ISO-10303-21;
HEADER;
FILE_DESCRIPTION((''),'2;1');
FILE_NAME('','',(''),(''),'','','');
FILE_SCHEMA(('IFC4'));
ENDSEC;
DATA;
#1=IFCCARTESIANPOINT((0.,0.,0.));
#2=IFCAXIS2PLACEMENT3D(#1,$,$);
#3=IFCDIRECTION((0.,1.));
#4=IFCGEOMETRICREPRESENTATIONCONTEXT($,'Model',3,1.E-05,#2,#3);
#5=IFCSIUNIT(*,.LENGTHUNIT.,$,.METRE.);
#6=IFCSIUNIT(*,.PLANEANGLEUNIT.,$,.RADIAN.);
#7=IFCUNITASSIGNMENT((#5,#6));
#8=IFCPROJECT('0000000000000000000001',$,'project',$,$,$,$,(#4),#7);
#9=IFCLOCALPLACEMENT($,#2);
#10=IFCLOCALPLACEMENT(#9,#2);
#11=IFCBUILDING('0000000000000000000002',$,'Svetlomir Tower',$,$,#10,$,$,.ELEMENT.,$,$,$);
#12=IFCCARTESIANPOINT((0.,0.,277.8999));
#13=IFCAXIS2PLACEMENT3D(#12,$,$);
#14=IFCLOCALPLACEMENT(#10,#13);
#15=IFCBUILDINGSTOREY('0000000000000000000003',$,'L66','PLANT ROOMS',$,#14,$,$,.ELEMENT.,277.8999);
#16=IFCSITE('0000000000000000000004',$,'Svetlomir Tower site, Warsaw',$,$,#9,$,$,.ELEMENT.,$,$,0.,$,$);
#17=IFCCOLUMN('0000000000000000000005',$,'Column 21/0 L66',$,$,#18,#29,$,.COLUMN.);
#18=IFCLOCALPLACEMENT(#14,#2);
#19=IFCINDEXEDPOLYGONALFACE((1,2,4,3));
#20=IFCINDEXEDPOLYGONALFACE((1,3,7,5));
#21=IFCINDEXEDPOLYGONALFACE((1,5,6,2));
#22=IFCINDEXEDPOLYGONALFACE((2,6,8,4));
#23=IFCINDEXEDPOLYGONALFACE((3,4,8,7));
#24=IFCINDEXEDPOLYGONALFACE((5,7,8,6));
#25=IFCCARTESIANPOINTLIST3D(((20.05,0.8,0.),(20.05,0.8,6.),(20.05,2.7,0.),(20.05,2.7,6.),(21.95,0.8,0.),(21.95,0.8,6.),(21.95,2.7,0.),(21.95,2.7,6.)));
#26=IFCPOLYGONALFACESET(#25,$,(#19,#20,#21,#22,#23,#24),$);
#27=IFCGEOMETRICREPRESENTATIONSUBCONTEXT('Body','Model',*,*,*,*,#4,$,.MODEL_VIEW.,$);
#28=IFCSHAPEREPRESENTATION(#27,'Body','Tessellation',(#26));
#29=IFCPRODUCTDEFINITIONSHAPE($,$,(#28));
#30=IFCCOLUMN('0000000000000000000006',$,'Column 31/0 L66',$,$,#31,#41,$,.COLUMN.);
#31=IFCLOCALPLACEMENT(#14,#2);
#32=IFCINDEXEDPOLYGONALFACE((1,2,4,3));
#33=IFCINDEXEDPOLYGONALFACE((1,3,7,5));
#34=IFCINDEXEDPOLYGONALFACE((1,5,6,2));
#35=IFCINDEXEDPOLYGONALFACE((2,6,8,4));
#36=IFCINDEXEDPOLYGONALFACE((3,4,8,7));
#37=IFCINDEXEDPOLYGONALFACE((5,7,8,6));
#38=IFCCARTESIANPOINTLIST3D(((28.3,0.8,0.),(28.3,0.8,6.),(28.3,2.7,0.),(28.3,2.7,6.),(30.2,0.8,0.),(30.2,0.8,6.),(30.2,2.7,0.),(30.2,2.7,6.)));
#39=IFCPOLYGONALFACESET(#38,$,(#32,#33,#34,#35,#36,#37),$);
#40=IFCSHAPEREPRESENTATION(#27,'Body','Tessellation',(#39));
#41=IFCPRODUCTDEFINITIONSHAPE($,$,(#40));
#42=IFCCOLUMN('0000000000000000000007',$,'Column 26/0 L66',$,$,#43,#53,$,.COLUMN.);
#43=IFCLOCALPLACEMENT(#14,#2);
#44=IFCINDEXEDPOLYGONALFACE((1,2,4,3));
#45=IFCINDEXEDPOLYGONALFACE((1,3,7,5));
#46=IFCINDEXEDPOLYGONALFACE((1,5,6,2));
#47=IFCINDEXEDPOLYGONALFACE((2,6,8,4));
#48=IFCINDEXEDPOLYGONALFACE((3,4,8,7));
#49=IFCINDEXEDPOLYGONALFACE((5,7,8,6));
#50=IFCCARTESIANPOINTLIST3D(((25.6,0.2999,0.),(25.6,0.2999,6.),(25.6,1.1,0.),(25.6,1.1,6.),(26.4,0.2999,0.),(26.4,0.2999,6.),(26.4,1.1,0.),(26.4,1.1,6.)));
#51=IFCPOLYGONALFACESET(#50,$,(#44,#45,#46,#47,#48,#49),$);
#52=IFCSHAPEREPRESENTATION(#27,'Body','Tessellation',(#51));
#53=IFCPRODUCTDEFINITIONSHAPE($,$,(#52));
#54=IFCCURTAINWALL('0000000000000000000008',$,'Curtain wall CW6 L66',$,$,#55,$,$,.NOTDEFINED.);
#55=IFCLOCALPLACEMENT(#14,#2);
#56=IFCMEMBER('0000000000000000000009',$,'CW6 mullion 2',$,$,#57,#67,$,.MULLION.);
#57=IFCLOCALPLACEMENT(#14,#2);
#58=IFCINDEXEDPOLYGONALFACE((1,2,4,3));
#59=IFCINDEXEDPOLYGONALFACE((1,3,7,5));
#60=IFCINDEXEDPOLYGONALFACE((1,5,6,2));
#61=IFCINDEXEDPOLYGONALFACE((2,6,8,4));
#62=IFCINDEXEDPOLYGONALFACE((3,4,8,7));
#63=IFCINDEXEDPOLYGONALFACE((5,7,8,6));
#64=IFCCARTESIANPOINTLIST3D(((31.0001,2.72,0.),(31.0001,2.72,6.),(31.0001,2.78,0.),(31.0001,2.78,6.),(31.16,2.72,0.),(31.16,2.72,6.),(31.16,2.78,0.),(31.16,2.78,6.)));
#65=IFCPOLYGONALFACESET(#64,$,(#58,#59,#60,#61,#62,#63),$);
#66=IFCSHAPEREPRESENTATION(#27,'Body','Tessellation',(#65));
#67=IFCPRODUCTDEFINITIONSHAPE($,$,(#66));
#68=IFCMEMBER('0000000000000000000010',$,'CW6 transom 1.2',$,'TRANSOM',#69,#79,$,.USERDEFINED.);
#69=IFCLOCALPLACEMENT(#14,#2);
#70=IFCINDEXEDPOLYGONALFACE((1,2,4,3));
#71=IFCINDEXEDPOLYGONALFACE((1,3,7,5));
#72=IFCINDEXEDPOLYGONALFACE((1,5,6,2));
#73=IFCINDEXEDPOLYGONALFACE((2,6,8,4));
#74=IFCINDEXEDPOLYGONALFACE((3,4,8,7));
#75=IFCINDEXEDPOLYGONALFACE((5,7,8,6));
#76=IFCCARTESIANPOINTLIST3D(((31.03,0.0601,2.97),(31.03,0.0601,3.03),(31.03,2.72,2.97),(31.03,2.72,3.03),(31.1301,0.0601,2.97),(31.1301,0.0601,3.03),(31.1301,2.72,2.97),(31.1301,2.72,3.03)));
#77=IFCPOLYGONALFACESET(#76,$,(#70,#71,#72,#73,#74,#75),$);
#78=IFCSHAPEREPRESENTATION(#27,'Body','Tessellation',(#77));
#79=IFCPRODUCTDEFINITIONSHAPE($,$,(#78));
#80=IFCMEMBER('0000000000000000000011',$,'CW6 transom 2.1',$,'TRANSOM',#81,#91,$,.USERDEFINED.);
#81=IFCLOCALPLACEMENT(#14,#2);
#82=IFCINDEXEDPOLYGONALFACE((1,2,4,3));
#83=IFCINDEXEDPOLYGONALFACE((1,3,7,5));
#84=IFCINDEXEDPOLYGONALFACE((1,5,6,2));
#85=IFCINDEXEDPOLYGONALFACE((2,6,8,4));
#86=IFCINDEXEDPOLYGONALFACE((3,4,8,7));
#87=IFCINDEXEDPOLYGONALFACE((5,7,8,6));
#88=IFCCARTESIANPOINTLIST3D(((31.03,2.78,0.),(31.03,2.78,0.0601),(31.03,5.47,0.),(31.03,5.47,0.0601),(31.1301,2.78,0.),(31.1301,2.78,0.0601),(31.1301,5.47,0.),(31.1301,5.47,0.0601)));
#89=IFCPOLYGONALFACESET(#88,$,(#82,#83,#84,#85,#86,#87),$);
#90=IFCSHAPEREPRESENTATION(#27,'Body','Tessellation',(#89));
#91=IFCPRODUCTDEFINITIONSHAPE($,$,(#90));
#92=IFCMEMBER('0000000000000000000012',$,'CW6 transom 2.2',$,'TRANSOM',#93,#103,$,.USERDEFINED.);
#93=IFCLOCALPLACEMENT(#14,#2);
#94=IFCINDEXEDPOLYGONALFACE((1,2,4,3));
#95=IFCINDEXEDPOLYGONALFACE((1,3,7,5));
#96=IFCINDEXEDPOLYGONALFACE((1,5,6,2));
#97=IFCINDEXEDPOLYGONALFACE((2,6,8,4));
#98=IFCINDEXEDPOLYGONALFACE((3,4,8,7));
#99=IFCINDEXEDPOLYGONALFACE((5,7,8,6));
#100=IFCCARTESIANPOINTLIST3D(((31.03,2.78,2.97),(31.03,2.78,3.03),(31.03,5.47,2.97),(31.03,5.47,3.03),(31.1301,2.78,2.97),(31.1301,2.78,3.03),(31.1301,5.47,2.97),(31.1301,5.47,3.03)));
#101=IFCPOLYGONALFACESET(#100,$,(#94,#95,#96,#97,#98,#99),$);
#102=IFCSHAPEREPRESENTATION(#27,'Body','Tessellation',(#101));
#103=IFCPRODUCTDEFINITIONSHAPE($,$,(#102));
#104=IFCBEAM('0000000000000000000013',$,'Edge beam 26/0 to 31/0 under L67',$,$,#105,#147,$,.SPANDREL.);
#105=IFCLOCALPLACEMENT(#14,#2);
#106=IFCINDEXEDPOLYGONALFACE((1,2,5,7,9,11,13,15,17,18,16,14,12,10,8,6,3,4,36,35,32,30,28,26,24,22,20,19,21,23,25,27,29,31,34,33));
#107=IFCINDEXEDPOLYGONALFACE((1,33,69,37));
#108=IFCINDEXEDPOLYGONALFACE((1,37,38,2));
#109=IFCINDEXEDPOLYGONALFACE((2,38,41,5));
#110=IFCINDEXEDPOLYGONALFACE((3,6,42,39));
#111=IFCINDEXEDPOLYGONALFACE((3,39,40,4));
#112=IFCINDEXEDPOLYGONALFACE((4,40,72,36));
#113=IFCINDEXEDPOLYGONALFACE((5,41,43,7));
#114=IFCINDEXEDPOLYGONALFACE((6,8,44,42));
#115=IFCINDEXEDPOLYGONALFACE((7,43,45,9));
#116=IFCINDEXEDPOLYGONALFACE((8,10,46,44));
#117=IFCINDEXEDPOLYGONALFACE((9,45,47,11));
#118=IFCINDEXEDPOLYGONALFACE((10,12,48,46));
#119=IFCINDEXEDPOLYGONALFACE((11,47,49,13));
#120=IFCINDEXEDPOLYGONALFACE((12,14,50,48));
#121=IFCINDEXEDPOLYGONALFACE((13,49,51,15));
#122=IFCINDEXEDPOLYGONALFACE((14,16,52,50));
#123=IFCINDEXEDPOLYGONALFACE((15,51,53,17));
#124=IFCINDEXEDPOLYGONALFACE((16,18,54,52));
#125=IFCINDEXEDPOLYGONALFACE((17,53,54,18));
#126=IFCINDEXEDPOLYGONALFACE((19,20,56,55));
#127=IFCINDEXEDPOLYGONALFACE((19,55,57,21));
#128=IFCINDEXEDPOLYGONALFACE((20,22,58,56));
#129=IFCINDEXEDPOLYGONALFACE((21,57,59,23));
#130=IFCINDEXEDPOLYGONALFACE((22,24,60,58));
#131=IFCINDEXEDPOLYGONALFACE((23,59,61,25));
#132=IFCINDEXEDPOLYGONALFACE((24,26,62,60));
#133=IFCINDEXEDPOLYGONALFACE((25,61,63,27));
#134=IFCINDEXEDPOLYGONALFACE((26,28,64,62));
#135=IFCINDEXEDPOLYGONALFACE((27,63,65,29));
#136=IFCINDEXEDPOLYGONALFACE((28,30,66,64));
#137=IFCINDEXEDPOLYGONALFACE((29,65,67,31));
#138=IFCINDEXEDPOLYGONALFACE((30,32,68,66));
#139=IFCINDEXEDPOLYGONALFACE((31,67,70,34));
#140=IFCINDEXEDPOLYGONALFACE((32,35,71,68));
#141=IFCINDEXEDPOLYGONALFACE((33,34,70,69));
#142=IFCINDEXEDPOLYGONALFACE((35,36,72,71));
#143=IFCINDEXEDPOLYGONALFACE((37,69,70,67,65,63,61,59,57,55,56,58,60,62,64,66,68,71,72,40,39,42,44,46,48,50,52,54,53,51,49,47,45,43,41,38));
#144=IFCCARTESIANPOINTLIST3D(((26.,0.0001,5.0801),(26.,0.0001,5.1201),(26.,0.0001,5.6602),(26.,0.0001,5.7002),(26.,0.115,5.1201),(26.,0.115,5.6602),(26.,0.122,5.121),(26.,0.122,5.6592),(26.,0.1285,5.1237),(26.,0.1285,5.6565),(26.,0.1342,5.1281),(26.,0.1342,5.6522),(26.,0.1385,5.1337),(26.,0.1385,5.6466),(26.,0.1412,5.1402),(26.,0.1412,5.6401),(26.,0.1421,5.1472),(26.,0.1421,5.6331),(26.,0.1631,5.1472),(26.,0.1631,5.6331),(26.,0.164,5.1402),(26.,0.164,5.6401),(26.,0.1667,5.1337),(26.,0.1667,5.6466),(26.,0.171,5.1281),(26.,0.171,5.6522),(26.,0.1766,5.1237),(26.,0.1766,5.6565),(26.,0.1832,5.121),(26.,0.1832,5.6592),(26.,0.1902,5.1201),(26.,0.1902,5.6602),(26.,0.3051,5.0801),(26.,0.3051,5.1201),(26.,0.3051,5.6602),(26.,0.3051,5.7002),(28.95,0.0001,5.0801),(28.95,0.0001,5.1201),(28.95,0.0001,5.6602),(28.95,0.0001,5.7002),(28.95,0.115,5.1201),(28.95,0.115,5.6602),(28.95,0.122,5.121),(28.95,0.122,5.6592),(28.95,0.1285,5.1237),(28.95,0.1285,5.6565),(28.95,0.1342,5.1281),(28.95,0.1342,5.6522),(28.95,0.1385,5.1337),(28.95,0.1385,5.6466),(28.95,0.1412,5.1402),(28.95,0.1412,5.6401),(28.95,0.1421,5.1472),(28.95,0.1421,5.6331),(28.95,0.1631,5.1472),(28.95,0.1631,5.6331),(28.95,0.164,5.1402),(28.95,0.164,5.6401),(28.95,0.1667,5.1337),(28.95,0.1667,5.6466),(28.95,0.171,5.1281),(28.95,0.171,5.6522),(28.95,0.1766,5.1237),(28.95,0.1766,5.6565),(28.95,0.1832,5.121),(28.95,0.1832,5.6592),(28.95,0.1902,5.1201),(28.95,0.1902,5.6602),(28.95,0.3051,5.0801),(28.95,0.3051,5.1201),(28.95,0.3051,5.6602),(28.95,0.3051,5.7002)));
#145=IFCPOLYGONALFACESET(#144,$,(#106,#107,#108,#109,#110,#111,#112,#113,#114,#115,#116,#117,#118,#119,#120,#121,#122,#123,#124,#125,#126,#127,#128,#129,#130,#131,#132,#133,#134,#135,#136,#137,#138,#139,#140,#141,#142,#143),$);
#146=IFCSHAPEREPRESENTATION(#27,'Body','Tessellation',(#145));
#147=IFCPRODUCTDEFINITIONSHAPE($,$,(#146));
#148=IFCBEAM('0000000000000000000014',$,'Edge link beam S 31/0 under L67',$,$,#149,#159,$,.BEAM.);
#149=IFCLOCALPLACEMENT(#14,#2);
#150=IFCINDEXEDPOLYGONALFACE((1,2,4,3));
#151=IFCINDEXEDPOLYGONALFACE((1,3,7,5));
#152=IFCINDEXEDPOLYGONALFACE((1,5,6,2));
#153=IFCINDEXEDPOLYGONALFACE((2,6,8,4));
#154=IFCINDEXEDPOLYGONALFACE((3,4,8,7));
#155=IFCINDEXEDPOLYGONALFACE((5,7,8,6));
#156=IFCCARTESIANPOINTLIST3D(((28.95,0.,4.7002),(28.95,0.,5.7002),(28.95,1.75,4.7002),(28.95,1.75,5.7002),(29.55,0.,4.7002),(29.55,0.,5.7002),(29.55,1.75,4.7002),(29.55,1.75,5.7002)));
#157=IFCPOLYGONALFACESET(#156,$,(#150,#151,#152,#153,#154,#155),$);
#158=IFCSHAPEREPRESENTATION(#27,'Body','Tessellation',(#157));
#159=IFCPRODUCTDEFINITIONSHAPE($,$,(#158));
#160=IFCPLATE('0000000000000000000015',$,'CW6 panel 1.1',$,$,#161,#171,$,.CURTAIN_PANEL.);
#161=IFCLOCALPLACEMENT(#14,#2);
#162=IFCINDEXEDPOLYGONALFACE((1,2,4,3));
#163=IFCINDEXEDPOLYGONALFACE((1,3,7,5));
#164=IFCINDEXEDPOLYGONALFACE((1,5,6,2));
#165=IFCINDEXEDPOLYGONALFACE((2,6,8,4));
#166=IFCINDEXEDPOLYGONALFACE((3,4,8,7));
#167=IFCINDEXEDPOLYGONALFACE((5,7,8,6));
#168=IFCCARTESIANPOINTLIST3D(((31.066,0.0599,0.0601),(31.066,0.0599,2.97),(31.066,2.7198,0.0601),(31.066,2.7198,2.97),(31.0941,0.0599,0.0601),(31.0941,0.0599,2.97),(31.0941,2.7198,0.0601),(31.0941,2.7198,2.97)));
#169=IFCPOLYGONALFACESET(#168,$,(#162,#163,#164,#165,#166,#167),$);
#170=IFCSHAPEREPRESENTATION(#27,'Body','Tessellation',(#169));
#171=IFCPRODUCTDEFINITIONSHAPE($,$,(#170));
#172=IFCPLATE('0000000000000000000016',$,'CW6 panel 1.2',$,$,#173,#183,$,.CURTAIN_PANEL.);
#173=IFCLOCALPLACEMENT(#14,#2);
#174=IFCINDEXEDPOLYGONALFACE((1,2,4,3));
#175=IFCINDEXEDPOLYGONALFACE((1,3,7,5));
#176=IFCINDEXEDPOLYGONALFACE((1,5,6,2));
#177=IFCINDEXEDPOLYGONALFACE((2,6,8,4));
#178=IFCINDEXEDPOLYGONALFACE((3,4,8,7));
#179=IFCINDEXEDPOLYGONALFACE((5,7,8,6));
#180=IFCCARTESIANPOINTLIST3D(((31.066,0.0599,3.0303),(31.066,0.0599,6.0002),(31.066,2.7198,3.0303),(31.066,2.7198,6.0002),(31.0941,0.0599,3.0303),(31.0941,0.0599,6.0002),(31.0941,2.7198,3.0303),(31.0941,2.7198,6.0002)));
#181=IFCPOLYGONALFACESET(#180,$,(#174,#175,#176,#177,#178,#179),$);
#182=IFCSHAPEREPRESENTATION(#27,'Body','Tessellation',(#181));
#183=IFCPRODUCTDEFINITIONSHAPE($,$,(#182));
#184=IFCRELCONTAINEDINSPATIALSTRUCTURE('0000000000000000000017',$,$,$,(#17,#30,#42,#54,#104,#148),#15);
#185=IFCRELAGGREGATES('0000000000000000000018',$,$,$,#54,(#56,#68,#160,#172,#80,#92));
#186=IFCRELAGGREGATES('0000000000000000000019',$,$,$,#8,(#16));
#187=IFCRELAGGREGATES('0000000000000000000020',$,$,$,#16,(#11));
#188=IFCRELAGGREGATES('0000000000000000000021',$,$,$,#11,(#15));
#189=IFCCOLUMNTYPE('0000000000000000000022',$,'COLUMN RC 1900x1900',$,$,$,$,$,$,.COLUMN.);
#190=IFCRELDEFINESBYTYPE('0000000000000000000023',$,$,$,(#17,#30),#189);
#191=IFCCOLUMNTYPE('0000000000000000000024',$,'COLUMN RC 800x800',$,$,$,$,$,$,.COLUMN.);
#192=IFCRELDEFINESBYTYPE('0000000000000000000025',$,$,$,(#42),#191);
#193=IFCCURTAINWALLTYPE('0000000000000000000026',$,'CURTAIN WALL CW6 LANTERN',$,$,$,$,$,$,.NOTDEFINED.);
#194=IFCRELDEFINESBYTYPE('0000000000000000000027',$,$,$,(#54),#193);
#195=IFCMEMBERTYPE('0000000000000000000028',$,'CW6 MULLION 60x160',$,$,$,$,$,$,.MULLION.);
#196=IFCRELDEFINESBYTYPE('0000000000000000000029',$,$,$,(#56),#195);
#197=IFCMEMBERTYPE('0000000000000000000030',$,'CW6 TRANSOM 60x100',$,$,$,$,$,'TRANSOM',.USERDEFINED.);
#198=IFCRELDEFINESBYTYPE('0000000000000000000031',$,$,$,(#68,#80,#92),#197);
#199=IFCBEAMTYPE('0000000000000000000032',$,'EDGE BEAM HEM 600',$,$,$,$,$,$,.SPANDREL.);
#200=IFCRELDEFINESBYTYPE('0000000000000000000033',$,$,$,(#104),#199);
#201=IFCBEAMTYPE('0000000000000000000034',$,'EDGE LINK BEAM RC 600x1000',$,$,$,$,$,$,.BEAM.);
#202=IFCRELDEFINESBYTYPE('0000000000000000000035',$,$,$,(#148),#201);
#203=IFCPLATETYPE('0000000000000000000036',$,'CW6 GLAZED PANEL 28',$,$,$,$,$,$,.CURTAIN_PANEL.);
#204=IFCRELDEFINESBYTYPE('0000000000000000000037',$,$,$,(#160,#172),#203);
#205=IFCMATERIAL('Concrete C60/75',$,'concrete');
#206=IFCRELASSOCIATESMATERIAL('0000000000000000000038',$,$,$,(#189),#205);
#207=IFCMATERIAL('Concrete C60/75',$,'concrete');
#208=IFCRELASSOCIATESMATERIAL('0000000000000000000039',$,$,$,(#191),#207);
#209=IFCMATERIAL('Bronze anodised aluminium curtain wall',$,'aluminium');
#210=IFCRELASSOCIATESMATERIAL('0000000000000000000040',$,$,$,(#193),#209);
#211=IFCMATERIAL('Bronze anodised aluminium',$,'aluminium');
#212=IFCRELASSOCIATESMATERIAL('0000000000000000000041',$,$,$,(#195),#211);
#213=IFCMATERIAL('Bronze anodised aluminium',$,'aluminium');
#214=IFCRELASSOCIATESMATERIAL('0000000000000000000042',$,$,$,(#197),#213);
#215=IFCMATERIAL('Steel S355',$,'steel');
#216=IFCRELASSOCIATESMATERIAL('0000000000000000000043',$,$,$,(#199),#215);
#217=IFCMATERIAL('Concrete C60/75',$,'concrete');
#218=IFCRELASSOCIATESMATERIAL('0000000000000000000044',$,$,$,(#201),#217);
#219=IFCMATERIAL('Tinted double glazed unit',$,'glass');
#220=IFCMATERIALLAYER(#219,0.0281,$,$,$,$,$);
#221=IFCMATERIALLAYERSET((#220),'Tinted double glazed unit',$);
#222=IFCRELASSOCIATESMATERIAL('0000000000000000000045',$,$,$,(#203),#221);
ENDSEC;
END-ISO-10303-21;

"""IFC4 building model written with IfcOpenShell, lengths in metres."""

from ifc_helpers import new_model, si_unit, direction, frame, origin, origin_2d, place, context, subcontext, project, spatial, rectangle, i_section, extrude, material, layer, layer_set, material_profile, profile_set, type_object, element, aggregate, save


model = new_model("IFC4")

# Units and contexts
model_context = context("Model", 3, precision=1e-05, world=origin(), true_north=direction((0.0, 1.0)))
body_context = subcontext(model_context, "Body", "Model", "MODEL_VIEW")
ifc_project = project(units=[si_unit("LENGTHUNIT", "METRE"), si_unit("PLANEANGLEUNIT", "RADIAN")], contexts=[model_context])

# Site, building, storey
site_placement = place(None, origin())
site = spatial("IfcSite", under=ifc_project, at=site_placement, Name="Svetlomir Tower site, Warsaw", CompositionType="ELEMENT", RefElevation=0.0)
building_placement = place(site_placement, origin())
building = spatial("IfcBuilding", under=site, at=building_placement, Name="Svetlomir Tower", CompositionType="ELEMENT")
storey_placement = place(building_placement, frame((0.0, 0.0, 277.8999)))
storey = spatial("IfcBuildingStorey", under=building, at=storey_placement, Name="L66", Description="PLANT ROOMS", CompositionType="ELEMENT", Elevation=277.8999)

# Columns
ifc_material_1 = material(Name="Concrete C60/75", Category="concrete")
ifc_material_profile_1 = material_profile(ifc_material_1, rectangle(XDim=1.8999, YDim=1.8999, at=origin_2d()), Name="RC 1900x1900")
ifc_profile_set_1 = profile_set([ifc_material_profile_1], Name="Concrete C60/75")
column_type_1 = type_object("IfcColumnType", Name="COLUMN RC 1900x1900", PredefinedType="COLUMN", material=ifc_profile_set_1)
for number, where, z_axis, x_axis, name in (
    (1, (21.0, 1.75, 0.0), (0.0, 0.0, 1.0), (1.0, 0.0, 0.0), "Column 21/0 L66"),
    (2, (29.25, 1.75, 0.0), (0.0, 0.0, 1.0), (1.0, 0.0, 0.0), "Column 31/0 L66"),
):
    element("IfcColumn", number, at=place(storey_placement, frame(where, z_axis=z_axis, x_axis=x_axis)), inside=storey, type_object=column_type_1, Name=name, PredefinedType="COLUMN", context=body_context, shape_type="SweptSolid", body=[
        extrude(rectangle(XDim=1.8999, YDim=1.8999, at=origin_2d()), origin(), (0.0, 0.0, 1.0), 6.0),
    ])
ifc_material_2 = material(Name="Concrete C60/75", Category="concrete")
ifc_material_profile_2 = material_profile(ifc_material_2, rectangle(XDim=0.8, YDim=0.8, at=origin_2d()), Name="RC 800x800")
ifc_profile_set_2 = profile_set([ifc_material_profile_2], Name="Concrete C60/75")
column_type_2 = type_object("IfcColumnType", Name="COLUMN RC 800x800", PredefinedType="COLUMN", material=ifc_profile_set_2)
column_placement = place(storey_placement, frame((26.0, 0.7, 0.0), z_axis=(0.0, 0.0, 1.0), x_axis=(1.0, 0.0, 0.0)))
element("IfcColumn", 3, at=column_placement, inside=storey, type_object=column_type_2, Name="Column 26/0 L66", PredefinedType="COLUMN", context=body_context, shape_type="SweptSolid", body=[
    extrude(rectangle(XDim=0.8, YDim=0.8, at=origin_2d()), origin(), (0.0, 0.0, 1.0), 6.0),
])

# Curtain wall, members
ifc_material_3 = material(Name="Bronze anodised aluminium curtain wall", Category="aluminium")
curtain_wall_type = type_object("IfcCurtainWallType", Name="CURTAIN WALL CW6 LANTERN", PredefinedType="NOTDEFINED", material=ifc_material_3)
curtain_wall_placement = place(storey_placement, origin())
curtain_wall = element("IfcCurtainWall", 4, at=curtain_wall_placement, inside=storey, type_object=curtain_wall_type, Name="Curtain wall CW6 L66", PredefinedType="NOTDEFINED")
ifc_material_4 = material(Name="Bronze anodised aluminium", Category="aluminium")
ifc_material_profile_3 = material_profile(ifc_material_4, rectangle(XDim=0.0601, YDim=0.1599, at=origin_2d()), Name="AL 60x160")
ifc_profile_set_3 = profile_set([ifc_material_profile_3], Name="Bronze anodised aluminium 6063-T6")
member_type_1 = type_object("IfcMemberType", Name="CW6 MULLION 60x160", PredefinedType="MULLION", material=ifc_profile_set_3)
member_1_placement = place(storey_placement, frame((31.0801, 2.75, 0.0), z_axis=(0.0, 0.0, 1.0), x_axis=(0.0, 1.0, 0.0)))
member_1 = element("IfcMember", 5, at=member_1_placement, type_object=member_type_1, Name="CW6 mullion 2", PredefinedType="MULLION", context=body_context, shape_type="SweptSolid", body=[
    extrude(rectangle(XDim=0.0601, YDim=0.1599, at=origin_2d()), origin(), (0.0, 0.0, 1.0), 6.0),
])
ifc_material_5 = material(Name="Bronze anodised aluminium", Category="aluminium")
ifc_material_profile_4 = material_profile(ifc_material_5, rectangle(XDim=0.1001, YDim=0.0601, at=origin_2d()), Name="AL 100x60")
ifc_profile_set_4 = profile_set([ifc_material_profile_4], Name="Bronze anodised aluminium 6063-T6")
member_type_2 = type_object("IfcMemberType", Name="CW6 TRANSOM 60x100", ElementType="TRANSOM", PredefinedType="USERDEFINED", material=ifc_profile_set_4)
member_2_placement = place(storey_placement, frame((31.0801, 0.0601, 3.0), z_axis=(0.0, 1.0, 0.0), x_axis=(-1.0, 0.0, 0.0)))
member_2 = element("IfcMember", 6, at=member_2_placement, type_object=member_type_2, Name="CW6 transom 1.2", ObjectType="TRANSOM", PredefinedType="USERDEFINED", context=body_context, shape_type="SweptSolid", body=[
    extrude(rectangle(XDim=0.1001, YDim=0.0601, at=origin_2d()), origin(), (0.0, 0.0, 1.0), 2.6599),
])
member_3_placement = place(storey_placement, frame((31.0801, 2.78, 0.03), z_axis=(0.0, 1.0, 0.0), x_axis=(-1.0, 0.0, 0.0)))
member_3 = element("IfcMember", 7, at=member_3_placement, type_object=member_type_2, Name="CW6 transom 2.1", ObjectType="TRANSOM", PredefinedType="USERDEFINED", context=body_context, shape_type="SweptSolid", body=[
    extrude(rectangle(XDim=0.1001, YDim=0.0601, at=origin_2d()), origin(), (0.0, 0.0, 1.0), 2.6899),
])
member_4_placement = place(storey_placement, frame((31.0801, 2.78, 3.0), z_axis=(0.0, 1.0, 0.0), x_axis=(-1.0, 0.0, 0.0)))
member_4 = element("IfcMember", 8, at=member_4_placement, type_object=member_type_2, Name="CW6 transom 2.2", ObjectType="TRANSOM", PredefinedType="USERDEFINED", context=body_context, shape_type="SweptSolid", body=[
    extrude(rectangle(XDim=0.1001, YDim=0.0601, at=origin_2d()), origin(), (0.0, 0.0, 1.0), 2.6899),
])

# Beams
ifc_material_6 = material(Name="Steel S355", Category="steel")
ifc_material_profile_5 = material_profile(ifc_material_6, i_section(OverallWidth=0.3049, OverallDepth=0.6201, WebThickness=0.021, FlangeThickness=0.04, FilletRadius=0.0271, at=origin_2d()), Name="HEM 600")
ifc_profile_set_5 = profile_set([ifc_material_profile_5], Name="Steel S355")
beam_type_1 = type_object("IfcBeamType", Name="EDGE BEAM HEM 600", PredefinedType="SPANDREL", material=ifc_profile_set_5)
beam_1_placement = place(storey_placement, frame((26.0, 0.1526, 5.3901), z_axis=(1.0, 0.0, 0.0), x_axis=(0.0, 1.0, 0.0)))
element("IfcBeam", 9, at=beam_1_placement, inside=storey, type_object=beam_type_1, Name="Edge beam 26/0 to 31/0 under L67", PredefinedType="SPANDREL", context=body_context, shape_type="SweptSolid", body=[
    extrude(i_section(OverallWidth=0.3049, OverallDepth=0.6201, WebThickness=0.021, FlangeThickness=0.04, FilletRadius=0.0271, at=origin_2d()), origin(), (0.0, 0.0, 1.0), 2.95),
])
ifc_material_7 = material(Name="Concrete C60/75", Category="concrete")
ifc_material_profile_6 = material_profile(ifc_material_7, rectangle(XDim=0.6001, YDim=1.0, at=origin_2d()), Name="RC 600x1000")
ifc_profile_set_6 = profile_set([ifc_material_profile_6], Name="Concrete C60/75")
beam_type_2 = type_object("IfcBeamType", Name="EDGE LINK BEAM RC 600x1000", PredefinedType="BEAM", material=ifc_profile_set_6)
beam_2_placement = place(storey_placement, frame((29.25, 1.75, 5.2002), z_axis=(0.0, -1.0, 0.0), x_axis=(1.0, 0.0, 0.0)))
element("IfcBeam", 10, at=beam_2_placement, inside=storey, type_object=beam_type_2, Name="Edge link beam S 31/0 under L67", PredefinedType="BEAM", context=body_context, shape_type="SweptSolid", body=[
    extrude(rectangle(XDim=0.6001, YDim=1.0, at=origin_2d()), origin(), (0.0, 0.0, 1.0), 1.75),
])

# Plates
ifc_material_8 = material(Name="Tinted double glazed unit", Category="glass")
ifc_layer = layer(ifc_material_8, 0.0281)
ifc_layer_set = layer_set([ifc_layer], Name="Tinted double glazed unit")
plate_type = type_object("IfcPlateType", Name="CW6 GLAZED PANEL 28", PredefinedType="CURTAIN_PANEL", material=ifc_layer_set)
plate_1_placement = place(storey_placement, frame((31.0801, 1.3899, 0.0601), z_axis=(0.0, 0.0, 1.0), x_axis=(0.0, 1.0, 0.0)))
plate_1 = element("IfcPlate", 11, at=plate_1_placement, type_object=plate_type, Name="CW6 panel 1.1", PredefinedType="CURTAIN_PANEL", context=body_context, shape_type="SweptSolid", body=[
    extrude(rectangle(XDim=2.6599, YDim=0.0281, at=origin_2d()), origin(), (0.0, 0.0, 1.0), 2.9099),
])
plate_2_placement = place(storey_placement, frame((31.0801, 1.3899, 3.0303), z_axis=(0.0, 0.0, 1.0), x_axis=(0.0, 1.0, 0.0)))
plate_2 = element("IfcPlate", 12, at=plate_2_placement, type_object=plate_type, Name="CW6 panel 1.2", PredefinedType="CURTAIN_PANEL", context=body_context, shape_type="SweptSolid", body=[
    extrude(rectangle(XDim=2.6599, YDim=0.0281, at=origin_2d()), origin(), (0.0, 0.0, 1.0), 2.97),
])
aggregate(curtain_wall, [member_1, member_2, plate_1, plate_2, member_3, member_4])

save(model, "model.ifc")
